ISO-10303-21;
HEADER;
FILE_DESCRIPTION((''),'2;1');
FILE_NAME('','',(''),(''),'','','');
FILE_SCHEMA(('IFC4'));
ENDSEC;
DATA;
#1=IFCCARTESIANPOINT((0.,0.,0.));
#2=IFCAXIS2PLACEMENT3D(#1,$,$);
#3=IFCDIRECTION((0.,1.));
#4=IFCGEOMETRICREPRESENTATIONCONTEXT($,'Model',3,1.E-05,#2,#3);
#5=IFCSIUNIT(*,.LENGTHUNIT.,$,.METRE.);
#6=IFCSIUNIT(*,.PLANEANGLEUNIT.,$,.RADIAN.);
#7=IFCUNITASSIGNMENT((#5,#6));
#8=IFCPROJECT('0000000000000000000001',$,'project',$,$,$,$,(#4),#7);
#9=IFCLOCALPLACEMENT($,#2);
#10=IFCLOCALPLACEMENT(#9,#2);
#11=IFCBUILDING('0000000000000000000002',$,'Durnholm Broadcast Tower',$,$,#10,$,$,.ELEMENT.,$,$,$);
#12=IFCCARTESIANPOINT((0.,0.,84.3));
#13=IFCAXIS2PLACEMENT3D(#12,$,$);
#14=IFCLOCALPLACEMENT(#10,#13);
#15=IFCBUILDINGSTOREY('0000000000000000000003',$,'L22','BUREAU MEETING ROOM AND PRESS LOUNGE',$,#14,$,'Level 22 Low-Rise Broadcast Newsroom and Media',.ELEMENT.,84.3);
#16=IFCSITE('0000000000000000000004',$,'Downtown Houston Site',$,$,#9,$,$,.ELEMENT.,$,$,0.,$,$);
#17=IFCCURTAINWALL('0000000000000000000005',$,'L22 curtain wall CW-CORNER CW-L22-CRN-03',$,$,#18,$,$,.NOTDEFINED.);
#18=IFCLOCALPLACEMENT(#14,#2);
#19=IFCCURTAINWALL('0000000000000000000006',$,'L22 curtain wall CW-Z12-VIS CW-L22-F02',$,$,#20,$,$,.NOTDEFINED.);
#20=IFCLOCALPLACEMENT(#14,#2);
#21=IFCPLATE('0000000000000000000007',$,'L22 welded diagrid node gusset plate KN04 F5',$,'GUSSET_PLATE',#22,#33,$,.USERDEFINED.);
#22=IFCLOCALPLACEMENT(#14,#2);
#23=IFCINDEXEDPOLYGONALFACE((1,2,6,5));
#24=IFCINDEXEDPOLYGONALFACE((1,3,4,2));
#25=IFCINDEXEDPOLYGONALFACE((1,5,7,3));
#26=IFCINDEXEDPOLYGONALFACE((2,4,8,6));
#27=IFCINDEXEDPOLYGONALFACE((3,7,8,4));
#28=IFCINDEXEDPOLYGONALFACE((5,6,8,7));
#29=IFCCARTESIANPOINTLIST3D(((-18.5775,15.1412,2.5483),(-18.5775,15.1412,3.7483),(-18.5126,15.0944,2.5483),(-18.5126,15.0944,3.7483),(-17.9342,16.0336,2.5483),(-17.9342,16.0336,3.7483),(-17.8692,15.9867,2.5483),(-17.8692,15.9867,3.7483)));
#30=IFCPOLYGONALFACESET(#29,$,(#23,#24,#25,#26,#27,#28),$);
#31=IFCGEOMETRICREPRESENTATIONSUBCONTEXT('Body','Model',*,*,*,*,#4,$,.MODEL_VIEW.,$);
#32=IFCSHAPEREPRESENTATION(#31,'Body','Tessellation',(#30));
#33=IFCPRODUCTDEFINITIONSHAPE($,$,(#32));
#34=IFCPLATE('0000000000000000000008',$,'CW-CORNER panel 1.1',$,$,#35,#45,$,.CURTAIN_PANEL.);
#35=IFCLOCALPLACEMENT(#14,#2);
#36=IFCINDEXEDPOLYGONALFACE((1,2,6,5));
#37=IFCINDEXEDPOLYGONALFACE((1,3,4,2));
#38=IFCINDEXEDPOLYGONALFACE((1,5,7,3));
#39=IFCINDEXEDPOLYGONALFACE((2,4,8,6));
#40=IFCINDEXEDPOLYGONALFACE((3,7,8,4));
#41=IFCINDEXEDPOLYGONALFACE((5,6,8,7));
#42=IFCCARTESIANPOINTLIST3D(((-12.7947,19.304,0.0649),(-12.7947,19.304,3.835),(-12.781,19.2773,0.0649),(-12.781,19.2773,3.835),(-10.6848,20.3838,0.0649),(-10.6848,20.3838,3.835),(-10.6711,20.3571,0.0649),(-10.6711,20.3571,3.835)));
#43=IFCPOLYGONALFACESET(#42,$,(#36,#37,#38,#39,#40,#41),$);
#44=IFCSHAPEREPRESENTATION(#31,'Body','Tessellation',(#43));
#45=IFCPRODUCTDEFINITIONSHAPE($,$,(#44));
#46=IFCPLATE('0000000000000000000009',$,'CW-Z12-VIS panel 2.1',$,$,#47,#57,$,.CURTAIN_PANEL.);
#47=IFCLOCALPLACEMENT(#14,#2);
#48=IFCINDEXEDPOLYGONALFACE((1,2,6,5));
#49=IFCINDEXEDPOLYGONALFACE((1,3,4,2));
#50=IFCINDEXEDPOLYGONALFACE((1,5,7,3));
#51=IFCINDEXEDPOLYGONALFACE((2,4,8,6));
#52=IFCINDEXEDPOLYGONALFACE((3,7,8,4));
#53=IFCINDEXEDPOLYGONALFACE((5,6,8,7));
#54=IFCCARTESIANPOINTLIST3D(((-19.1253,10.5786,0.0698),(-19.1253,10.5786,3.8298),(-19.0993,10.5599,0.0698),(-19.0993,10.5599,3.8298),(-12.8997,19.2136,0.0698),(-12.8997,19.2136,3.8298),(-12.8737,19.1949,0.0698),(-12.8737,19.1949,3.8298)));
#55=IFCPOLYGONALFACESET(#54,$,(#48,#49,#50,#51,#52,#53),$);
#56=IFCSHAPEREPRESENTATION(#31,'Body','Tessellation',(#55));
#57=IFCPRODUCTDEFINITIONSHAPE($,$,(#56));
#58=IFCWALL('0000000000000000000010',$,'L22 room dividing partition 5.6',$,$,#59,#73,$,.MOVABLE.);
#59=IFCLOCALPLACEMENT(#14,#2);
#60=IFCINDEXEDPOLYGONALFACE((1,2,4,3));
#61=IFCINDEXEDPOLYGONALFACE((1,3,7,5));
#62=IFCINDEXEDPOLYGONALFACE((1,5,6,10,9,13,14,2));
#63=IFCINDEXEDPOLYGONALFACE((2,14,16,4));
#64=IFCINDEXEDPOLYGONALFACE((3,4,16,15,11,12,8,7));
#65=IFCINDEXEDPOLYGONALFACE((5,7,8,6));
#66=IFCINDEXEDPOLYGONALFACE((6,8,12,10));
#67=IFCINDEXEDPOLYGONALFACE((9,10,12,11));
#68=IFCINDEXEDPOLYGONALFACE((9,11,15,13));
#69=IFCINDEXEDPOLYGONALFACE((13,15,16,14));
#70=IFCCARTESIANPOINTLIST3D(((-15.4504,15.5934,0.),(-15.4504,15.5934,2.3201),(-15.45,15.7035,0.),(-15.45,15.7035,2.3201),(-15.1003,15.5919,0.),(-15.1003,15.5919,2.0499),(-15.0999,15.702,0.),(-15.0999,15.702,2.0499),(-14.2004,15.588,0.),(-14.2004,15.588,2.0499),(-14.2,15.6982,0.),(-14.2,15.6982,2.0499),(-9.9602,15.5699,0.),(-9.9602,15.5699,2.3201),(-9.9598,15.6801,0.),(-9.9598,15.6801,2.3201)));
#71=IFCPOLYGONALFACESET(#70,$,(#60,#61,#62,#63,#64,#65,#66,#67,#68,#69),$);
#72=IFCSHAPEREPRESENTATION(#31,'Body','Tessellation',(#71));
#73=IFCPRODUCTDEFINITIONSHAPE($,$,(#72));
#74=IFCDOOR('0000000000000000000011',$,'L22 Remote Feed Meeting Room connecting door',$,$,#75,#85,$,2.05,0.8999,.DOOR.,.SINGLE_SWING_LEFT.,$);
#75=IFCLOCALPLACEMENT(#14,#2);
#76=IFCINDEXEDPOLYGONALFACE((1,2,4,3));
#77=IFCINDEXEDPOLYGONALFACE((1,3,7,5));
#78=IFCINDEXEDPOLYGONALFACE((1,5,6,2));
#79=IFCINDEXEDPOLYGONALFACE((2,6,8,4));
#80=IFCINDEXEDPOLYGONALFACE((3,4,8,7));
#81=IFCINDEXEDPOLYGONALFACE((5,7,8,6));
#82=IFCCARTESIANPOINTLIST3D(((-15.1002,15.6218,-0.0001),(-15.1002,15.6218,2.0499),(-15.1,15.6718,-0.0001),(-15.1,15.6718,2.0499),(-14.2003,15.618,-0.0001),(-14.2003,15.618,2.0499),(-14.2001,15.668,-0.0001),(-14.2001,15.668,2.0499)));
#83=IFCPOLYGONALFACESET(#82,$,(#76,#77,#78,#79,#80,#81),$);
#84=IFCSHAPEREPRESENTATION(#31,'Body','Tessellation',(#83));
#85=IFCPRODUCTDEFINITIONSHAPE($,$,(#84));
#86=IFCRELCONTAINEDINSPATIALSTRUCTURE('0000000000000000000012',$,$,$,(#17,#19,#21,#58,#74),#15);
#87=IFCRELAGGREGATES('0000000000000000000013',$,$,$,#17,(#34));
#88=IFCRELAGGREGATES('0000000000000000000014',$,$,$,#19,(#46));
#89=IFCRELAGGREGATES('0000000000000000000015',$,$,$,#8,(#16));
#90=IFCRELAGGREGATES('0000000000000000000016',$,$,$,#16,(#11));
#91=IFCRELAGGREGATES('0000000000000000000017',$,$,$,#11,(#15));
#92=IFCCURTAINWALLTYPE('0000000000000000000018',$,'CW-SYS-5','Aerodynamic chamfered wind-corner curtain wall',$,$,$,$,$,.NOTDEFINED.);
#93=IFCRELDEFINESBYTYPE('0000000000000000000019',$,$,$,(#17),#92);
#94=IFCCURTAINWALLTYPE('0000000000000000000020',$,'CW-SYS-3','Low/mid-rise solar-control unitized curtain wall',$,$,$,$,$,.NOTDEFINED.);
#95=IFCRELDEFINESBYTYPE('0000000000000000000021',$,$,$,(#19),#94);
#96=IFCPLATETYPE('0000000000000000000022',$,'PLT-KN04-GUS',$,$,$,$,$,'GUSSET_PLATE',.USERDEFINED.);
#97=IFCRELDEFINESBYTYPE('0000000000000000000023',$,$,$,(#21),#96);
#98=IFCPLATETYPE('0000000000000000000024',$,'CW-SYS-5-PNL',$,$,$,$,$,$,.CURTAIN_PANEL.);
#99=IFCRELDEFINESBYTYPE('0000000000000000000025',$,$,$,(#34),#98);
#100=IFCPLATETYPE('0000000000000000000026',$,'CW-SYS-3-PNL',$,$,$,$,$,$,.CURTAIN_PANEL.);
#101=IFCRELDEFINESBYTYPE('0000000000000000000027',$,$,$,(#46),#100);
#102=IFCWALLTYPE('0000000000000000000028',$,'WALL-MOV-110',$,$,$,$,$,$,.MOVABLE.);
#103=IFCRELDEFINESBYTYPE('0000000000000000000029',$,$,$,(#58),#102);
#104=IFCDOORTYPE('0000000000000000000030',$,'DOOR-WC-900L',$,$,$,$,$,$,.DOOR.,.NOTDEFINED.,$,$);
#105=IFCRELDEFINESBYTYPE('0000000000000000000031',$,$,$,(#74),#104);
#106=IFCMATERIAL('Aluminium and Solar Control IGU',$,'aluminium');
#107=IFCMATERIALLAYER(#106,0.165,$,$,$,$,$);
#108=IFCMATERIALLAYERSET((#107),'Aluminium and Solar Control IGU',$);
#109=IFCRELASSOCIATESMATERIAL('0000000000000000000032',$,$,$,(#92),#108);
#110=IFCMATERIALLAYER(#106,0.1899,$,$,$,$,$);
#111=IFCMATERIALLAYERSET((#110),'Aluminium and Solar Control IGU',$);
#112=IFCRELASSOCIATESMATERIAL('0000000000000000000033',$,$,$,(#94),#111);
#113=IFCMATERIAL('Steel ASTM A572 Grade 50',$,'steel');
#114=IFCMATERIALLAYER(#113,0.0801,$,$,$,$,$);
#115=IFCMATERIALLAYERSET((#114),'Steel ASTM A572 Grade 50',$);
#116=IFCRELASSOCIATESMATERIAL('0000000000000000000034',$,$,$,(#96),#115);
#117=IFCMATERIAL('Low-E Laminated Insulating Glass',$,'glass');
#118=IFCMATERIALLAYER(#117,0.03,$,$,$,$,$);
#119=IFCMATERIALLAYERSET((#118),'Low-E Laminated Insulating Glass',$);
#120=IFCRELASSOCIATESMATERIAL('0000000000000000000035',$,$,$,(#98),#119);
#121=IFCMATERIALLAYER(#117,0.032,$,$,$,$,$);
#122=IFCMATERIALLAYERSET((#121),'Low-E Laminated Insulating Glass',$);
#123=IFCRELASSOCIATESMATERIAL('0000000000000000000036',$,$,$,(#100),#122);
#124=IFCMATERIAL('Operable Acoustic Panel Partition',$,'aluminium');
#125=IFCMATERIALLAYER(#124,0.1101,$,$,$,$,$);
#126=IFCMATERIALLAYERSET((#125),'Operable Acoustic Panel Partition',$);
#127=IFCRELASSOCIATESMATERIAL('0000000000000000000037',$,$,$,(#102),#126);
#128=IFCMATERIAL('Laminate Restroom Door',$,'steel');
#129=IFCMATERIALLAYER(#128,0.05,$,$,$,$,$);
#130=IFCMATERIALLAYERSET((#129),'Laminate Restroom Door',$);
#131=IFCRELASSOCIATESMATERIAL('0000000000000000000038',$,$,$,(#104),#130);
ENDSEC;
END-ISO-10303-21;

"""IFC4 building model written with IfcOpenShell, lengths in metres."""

from ifc_helpers import new_model, si_unit, direction, frame, frame_2d, origin, origin_2d, place, context, subcontext, project, spatial, rectangle, extrude, source, transform, mapped, material, layer, layer_set, type_object, type_shapes, element, fill, aggregate, save


model = new_model("IFC4")

# Units and contexts
model_context = context("Model", 3, precision=1e-05, world=origin(), true_north=direction((0.0, 1.0)))
body_context = subcontext(model_context, "Body", "Model", "MODEL_VIEW")
ifc_project = project(units=[si_unit("LENGTHUNIT", "METRE"), si_unit("PLANEANGLEUNIT", "RADIAN")], contexts=[model_context])

# Site, building, storey
site_placement = place(None, origin())
site = spatial("IfcSite", under=ifc_project, at=site_placement, Name="Downtown Houston Site", CompositionType="ELEMENT", RefElevation=0.0)
building_placement = place(site_placement, origin())
building = spatial("IfcBuilding", under=site, at=building_placement, Name="Durnholm Broadcast Tower", CompositionType="ELEMENT")
storey_placement = place(building_placement, frame((0.0, 0.0, 84.3)))
storey = spatial("IfcBuildingStorey", under=building, at=storey_placement, Name="L22", Description="BUREAU MEETING ROOM AND PRESS LOUNGE", LongName="Level 22 Low-Rise Broadcast Newsroom and Media", CompositionType="ELEMENT", Elevation=84.3)

# Curtain wall
ifc_material_1 = material(Name="Aluminium and Solar Control IGU", Category="aluminium")
ifc_layer_1 = layer(ifc_material_1, 0.165)
ifc_layer_set_1 = layer_set([ifc_layer_1], Name="Aluminium and Solar Control IGU")
curtain_wall_type_1 = type_object("IfcCurtainWallType", Name="CW-SYS-5", Description="Aerodynamic chamfered wind-corner curtain wall", PredefinedType="NOTDEFINED", material=ifc_layer_set_1)
curtain_wall_1_placement = place(storey_placement, origin())
curtain_wall_1 = element("IfcCurtainWall", 1, at=curtain_wall_1_placement, inside=storey, type_object=curtain_wall_type_1, Name="L22 curtain wall CW-CORNER CW-L22-CRN-03", PredefinedType="NOTDEFINED")
ifc_layer_2 = layer(ifc_material_1, 0.1899)
ifc_layer_set_2 = layer_set([ifc_layer_2], Name="Aluminium and Solar Control IGU")
curtain_wall_type_2 = type_object("IfcCurtainWallType", Name="CW-SYS-3", Description="Low/mid-rise solar-control unitized curtain wall", PredefinedType="NOTDEFINED", material=ifc_layer_set_2)

# Curtain wall
curtain_wall_2_placement = place(storey_placement, origin())
curtain_wall_2 = element("IfcCurtainWall", 2, at=curtain_wall_2_placement, inside=storey, type_object=curtain_wall_type_2, Name="L22 curtain wall CW-Z12-VIS CW-L22-F02", PredefinedType="NOTDEFINED")

# Plate
ifc_material_2 = material(Name="Steel ASTM A572 Grade 50", Category="steel")
ifc_layer_3 = layer(ifc_material_2, 0.0801)
ifc_layer_set_3 = layer_set([ifc_layer_3], Name="Steel ASTM A572 Grade 50")
plate_type_1 = type_object("IfcPlateType", Name="PLT-KN04-GUS", ElementType="GUSSET_PLATE", PredefinedType="USERDEFINED", material=ifc_layer_set_3)
shared_shape_1 = source(origin(), body_context, "Body", "SweptSolid", [
    extrude(rectangle(XDim=1.1001, YDim=0.0801, at=origin_2d()), origin(), (0.0, 0.0, 1.0), 1.2),
])
type_shapes(plate_type_1, [shared_shape_1])
plate_1_placement = place(storey_placement, frame((-18.2234, 15.564, 2.5483), z_axis=(0.0, 0.0, 1.0), x_axis=(-0.584816, -0.811166, 0.0)))
element("IfcPlate", 3, at=plate_1_placement, inside=storey, type_object=plate_type_1, Name="L22 welded diagrid node gusset plate KN04 F5", ObjectType="GUSSET_PLATE", PredefinedType="USERDEFINED", context=body_context, shape_type="MappedRepresentation", body=[
    mapped(shared_shape_1, transform((0.0, 0.0, 0.0), x_axis=(1.0, 0.0, 0.0), y_axis=(0.0, 1.0, 0.0), z_axis=(0.0, 0.0, 1.0), scale=1.0)),
])

# Plates
ifc_material_3 = material(Name="Low-E Laminated Insulating Glass", Category="glass")
ifc_layer_4 = layer(ifc_material_3, 0.03)
ifc_layer_set_4 = layer_set([ifc_layer_4], Name="Low-E Laminated Insulating Glass")
plate_type_2 = type_object("IfcPlateType", Name="CW-SYS-5-PNL", PredefinedType="CURTAIN_PANEL", material=ifc_layer_set_4)
shared_shape_2 = source(origin(), body_context, "Body", "SweptSolid", [
    extrude(rectangle(XDim=2.3701, YDim=0.03, at=origin_2d()), origin(), (0.0, 0.0, 1.0), 3.77),
])
type_shapes(plate_type_2, [shared_shape_2])
plate_2_placement = place(storey_placement, frame((-11.7329, 19.8306, 0.0649), z_axis=(0.0, 0.0, 1.0), x_axis=(0.890188, 0.455594, 0.0)))
plate_2 = element("IfcPlate", 4, at=plate_2_placement, type_object=plate_type_2, Name="CW-CORNER panel 1.1", PredefinedType="CURTAIN_PANEL", context=body_context, shape_type="MappedRepresentation", body=[
    mapped(shared_shape_2, transform((0.0, 0.0, 0.0), x_axis=(1.0, 0.0, 0.0), y_axis=(0.0, 1.0, 0.0), z_axis=(0.0, 0.0, 1.0), scale=1.0)),
])
aggregate(curtain_wall_1, [plate_2])
ifc_layer_5 = layer(ifc_material_3, 0.032)
ifc_layer_set_5 = layer_set([ifc_layer_5], Name="Low-E Laminated Insulating Glass")
plate_type_3 = type_object("IfcPlateType", Name="CW-SYS-3-PNL", PredefinedType="CURTAIN_PANEL", material=ifc_layer_set_5)
shared_shape_3 = source(origin(), body_context, "Body", "SweptSolid", [
    extrude(rectangle(XDim=10.6453, YDim=0.032, at=origin_2d()), origin(), (0.0, 0.0, 1.0), 3.76),
])
type_shapes(plate_type_3, [shared_shape_3])
plate_3_placement = place(storey_placement, frame((-15.9995, 14.8867, 0.0698), z_axis=(0.0, 0.0, 1.0), x_axis=(0.584823, 0.811161, 0.0)))
plate_3 = element("IfcPlate", 5, at=plate_3_placement, type_object=plate_type_3, Name="CW-Z12-VIS panel 2.1", PredefinedType="CURTAIN_PANEL", context=body_context, shape_type="MappedRepresentation", body=[
    mapped(shared_shape_3, transform((0.0, 0.0, 0.0), x_axis=(1.0, 0.0, 0.0), y_axis=(0.0, 1.0, 0.0), z_axis=(0.0, 0.0, 1.0), scale=1.0)),
])
aggregate(curtain_wall_2, [plate_3])

# Wall, opening, door
ifc_material_4 = material(Name="Operable Acoustic Panel Partition", Category="aluminium")
ifc_layer_6 = layer(ifc_material_4, 0.1101)
ifc_layer_set_6 = layer_set([ifc_layer_6], Name="Operable Acoustic Panel Partition")
wall_type = type_object("IfcWallType", Name="WALL-MOV-110", PredefinedType="MOVABLE", material=ifc_layer_set_6)
wall_placement = place(storey_placement, frame((-15.4502, 15.6484, 0.0), z_axis=(0.0, 0.0, 1.0), x_axis=(0.999991, -0.004269, 0.0)))
wall = element("IfcWall", 6, at=wall_placement, inside=storey, type_object=wall_type, Name="L22 room dividing partition 5.6", PredefinedType="MOVABLE", context=body_context, shape_type="SweptSolid", body=[
    extrude(rectangle(XDim=5.4902, YDim=0.1101, at=frame_2d((2.7451, 0.0))), origin(), (0.0, 0.0, 1.0), 2.3201),
])
opening_placement = place(wall_placement, frame((0.3501, 0.0, 0.0)))
opening = element("IfcOpeningElement", 7, at=opening_placement, cuts=wall, PredefinedType="OPENING", context=body_context, shape_type="SweptSolid", body=[
    extrude(rectangle(XDim=0.8999, YDim=2.05, at=frame_2d((0.45, 1.0249))), frame((0.0, 0.0649, 0.0), z_axis=(0.0, -1.0, 0.0), x_axis=(1.0, 0.0, 0.0)), (0.0, 0.0, 1.0), 0.1301),
])
ifc_material_5 = material(Name="Laminate Restroom Door", Category="steel")
ifc_layer_7 = layer(ifc_material_5, 0.05)
ifc_layer_set_7 = layer_set([ifc_layer_7], Name="Laminate Restroom Door")
door_type = type_object("IfcDoorType", Name="DOOR-WC-900L", OperationType="NOTDEFINED", PredefinedType="DOOR", material=ifc_layer_set_7)
shared_shape_4 = source(origin(), body_context, "Body", "SweptSolid", [
    extrude(rectangle(XDim=0.8999, YDim=2.05, at=frame_2d((0.45, 1.0249))), frame((0.0, 0.0249, 0.0), z_axis=(0.0, -1.0, 0.0), x_axis=(1.0, 0.0, 0.0)), (0.0, 0.0, 1.0), 0.05),
])
type_shapes(door_type, [shared_shape_4])
door_placement = place(opening_placement, origin())
door = element("IfcDoor", 8, at=door_placement, inside=storey, type_object=door_type, Name="L22 Remote Feed Meeting Room connecting door", OperationType="SINGLE_SWING_LEFT", OverallHeight=2.05, OverallWidth=0.8999, PredefinedType="DOOR", context=body_context, shape_type="MappedRepresentation", body=[
    mapped(shared_shape_4, transform((0.0, 0.0, 0.0), x_axis=(1.0, 0.0, 0.0), y_axis=(0.0, 1.0, 0.0), z_axis=(0.0, 0.0, 1.0), scale=1.0)),
])
fill(opening, door)

save(model, "model.ifc")
